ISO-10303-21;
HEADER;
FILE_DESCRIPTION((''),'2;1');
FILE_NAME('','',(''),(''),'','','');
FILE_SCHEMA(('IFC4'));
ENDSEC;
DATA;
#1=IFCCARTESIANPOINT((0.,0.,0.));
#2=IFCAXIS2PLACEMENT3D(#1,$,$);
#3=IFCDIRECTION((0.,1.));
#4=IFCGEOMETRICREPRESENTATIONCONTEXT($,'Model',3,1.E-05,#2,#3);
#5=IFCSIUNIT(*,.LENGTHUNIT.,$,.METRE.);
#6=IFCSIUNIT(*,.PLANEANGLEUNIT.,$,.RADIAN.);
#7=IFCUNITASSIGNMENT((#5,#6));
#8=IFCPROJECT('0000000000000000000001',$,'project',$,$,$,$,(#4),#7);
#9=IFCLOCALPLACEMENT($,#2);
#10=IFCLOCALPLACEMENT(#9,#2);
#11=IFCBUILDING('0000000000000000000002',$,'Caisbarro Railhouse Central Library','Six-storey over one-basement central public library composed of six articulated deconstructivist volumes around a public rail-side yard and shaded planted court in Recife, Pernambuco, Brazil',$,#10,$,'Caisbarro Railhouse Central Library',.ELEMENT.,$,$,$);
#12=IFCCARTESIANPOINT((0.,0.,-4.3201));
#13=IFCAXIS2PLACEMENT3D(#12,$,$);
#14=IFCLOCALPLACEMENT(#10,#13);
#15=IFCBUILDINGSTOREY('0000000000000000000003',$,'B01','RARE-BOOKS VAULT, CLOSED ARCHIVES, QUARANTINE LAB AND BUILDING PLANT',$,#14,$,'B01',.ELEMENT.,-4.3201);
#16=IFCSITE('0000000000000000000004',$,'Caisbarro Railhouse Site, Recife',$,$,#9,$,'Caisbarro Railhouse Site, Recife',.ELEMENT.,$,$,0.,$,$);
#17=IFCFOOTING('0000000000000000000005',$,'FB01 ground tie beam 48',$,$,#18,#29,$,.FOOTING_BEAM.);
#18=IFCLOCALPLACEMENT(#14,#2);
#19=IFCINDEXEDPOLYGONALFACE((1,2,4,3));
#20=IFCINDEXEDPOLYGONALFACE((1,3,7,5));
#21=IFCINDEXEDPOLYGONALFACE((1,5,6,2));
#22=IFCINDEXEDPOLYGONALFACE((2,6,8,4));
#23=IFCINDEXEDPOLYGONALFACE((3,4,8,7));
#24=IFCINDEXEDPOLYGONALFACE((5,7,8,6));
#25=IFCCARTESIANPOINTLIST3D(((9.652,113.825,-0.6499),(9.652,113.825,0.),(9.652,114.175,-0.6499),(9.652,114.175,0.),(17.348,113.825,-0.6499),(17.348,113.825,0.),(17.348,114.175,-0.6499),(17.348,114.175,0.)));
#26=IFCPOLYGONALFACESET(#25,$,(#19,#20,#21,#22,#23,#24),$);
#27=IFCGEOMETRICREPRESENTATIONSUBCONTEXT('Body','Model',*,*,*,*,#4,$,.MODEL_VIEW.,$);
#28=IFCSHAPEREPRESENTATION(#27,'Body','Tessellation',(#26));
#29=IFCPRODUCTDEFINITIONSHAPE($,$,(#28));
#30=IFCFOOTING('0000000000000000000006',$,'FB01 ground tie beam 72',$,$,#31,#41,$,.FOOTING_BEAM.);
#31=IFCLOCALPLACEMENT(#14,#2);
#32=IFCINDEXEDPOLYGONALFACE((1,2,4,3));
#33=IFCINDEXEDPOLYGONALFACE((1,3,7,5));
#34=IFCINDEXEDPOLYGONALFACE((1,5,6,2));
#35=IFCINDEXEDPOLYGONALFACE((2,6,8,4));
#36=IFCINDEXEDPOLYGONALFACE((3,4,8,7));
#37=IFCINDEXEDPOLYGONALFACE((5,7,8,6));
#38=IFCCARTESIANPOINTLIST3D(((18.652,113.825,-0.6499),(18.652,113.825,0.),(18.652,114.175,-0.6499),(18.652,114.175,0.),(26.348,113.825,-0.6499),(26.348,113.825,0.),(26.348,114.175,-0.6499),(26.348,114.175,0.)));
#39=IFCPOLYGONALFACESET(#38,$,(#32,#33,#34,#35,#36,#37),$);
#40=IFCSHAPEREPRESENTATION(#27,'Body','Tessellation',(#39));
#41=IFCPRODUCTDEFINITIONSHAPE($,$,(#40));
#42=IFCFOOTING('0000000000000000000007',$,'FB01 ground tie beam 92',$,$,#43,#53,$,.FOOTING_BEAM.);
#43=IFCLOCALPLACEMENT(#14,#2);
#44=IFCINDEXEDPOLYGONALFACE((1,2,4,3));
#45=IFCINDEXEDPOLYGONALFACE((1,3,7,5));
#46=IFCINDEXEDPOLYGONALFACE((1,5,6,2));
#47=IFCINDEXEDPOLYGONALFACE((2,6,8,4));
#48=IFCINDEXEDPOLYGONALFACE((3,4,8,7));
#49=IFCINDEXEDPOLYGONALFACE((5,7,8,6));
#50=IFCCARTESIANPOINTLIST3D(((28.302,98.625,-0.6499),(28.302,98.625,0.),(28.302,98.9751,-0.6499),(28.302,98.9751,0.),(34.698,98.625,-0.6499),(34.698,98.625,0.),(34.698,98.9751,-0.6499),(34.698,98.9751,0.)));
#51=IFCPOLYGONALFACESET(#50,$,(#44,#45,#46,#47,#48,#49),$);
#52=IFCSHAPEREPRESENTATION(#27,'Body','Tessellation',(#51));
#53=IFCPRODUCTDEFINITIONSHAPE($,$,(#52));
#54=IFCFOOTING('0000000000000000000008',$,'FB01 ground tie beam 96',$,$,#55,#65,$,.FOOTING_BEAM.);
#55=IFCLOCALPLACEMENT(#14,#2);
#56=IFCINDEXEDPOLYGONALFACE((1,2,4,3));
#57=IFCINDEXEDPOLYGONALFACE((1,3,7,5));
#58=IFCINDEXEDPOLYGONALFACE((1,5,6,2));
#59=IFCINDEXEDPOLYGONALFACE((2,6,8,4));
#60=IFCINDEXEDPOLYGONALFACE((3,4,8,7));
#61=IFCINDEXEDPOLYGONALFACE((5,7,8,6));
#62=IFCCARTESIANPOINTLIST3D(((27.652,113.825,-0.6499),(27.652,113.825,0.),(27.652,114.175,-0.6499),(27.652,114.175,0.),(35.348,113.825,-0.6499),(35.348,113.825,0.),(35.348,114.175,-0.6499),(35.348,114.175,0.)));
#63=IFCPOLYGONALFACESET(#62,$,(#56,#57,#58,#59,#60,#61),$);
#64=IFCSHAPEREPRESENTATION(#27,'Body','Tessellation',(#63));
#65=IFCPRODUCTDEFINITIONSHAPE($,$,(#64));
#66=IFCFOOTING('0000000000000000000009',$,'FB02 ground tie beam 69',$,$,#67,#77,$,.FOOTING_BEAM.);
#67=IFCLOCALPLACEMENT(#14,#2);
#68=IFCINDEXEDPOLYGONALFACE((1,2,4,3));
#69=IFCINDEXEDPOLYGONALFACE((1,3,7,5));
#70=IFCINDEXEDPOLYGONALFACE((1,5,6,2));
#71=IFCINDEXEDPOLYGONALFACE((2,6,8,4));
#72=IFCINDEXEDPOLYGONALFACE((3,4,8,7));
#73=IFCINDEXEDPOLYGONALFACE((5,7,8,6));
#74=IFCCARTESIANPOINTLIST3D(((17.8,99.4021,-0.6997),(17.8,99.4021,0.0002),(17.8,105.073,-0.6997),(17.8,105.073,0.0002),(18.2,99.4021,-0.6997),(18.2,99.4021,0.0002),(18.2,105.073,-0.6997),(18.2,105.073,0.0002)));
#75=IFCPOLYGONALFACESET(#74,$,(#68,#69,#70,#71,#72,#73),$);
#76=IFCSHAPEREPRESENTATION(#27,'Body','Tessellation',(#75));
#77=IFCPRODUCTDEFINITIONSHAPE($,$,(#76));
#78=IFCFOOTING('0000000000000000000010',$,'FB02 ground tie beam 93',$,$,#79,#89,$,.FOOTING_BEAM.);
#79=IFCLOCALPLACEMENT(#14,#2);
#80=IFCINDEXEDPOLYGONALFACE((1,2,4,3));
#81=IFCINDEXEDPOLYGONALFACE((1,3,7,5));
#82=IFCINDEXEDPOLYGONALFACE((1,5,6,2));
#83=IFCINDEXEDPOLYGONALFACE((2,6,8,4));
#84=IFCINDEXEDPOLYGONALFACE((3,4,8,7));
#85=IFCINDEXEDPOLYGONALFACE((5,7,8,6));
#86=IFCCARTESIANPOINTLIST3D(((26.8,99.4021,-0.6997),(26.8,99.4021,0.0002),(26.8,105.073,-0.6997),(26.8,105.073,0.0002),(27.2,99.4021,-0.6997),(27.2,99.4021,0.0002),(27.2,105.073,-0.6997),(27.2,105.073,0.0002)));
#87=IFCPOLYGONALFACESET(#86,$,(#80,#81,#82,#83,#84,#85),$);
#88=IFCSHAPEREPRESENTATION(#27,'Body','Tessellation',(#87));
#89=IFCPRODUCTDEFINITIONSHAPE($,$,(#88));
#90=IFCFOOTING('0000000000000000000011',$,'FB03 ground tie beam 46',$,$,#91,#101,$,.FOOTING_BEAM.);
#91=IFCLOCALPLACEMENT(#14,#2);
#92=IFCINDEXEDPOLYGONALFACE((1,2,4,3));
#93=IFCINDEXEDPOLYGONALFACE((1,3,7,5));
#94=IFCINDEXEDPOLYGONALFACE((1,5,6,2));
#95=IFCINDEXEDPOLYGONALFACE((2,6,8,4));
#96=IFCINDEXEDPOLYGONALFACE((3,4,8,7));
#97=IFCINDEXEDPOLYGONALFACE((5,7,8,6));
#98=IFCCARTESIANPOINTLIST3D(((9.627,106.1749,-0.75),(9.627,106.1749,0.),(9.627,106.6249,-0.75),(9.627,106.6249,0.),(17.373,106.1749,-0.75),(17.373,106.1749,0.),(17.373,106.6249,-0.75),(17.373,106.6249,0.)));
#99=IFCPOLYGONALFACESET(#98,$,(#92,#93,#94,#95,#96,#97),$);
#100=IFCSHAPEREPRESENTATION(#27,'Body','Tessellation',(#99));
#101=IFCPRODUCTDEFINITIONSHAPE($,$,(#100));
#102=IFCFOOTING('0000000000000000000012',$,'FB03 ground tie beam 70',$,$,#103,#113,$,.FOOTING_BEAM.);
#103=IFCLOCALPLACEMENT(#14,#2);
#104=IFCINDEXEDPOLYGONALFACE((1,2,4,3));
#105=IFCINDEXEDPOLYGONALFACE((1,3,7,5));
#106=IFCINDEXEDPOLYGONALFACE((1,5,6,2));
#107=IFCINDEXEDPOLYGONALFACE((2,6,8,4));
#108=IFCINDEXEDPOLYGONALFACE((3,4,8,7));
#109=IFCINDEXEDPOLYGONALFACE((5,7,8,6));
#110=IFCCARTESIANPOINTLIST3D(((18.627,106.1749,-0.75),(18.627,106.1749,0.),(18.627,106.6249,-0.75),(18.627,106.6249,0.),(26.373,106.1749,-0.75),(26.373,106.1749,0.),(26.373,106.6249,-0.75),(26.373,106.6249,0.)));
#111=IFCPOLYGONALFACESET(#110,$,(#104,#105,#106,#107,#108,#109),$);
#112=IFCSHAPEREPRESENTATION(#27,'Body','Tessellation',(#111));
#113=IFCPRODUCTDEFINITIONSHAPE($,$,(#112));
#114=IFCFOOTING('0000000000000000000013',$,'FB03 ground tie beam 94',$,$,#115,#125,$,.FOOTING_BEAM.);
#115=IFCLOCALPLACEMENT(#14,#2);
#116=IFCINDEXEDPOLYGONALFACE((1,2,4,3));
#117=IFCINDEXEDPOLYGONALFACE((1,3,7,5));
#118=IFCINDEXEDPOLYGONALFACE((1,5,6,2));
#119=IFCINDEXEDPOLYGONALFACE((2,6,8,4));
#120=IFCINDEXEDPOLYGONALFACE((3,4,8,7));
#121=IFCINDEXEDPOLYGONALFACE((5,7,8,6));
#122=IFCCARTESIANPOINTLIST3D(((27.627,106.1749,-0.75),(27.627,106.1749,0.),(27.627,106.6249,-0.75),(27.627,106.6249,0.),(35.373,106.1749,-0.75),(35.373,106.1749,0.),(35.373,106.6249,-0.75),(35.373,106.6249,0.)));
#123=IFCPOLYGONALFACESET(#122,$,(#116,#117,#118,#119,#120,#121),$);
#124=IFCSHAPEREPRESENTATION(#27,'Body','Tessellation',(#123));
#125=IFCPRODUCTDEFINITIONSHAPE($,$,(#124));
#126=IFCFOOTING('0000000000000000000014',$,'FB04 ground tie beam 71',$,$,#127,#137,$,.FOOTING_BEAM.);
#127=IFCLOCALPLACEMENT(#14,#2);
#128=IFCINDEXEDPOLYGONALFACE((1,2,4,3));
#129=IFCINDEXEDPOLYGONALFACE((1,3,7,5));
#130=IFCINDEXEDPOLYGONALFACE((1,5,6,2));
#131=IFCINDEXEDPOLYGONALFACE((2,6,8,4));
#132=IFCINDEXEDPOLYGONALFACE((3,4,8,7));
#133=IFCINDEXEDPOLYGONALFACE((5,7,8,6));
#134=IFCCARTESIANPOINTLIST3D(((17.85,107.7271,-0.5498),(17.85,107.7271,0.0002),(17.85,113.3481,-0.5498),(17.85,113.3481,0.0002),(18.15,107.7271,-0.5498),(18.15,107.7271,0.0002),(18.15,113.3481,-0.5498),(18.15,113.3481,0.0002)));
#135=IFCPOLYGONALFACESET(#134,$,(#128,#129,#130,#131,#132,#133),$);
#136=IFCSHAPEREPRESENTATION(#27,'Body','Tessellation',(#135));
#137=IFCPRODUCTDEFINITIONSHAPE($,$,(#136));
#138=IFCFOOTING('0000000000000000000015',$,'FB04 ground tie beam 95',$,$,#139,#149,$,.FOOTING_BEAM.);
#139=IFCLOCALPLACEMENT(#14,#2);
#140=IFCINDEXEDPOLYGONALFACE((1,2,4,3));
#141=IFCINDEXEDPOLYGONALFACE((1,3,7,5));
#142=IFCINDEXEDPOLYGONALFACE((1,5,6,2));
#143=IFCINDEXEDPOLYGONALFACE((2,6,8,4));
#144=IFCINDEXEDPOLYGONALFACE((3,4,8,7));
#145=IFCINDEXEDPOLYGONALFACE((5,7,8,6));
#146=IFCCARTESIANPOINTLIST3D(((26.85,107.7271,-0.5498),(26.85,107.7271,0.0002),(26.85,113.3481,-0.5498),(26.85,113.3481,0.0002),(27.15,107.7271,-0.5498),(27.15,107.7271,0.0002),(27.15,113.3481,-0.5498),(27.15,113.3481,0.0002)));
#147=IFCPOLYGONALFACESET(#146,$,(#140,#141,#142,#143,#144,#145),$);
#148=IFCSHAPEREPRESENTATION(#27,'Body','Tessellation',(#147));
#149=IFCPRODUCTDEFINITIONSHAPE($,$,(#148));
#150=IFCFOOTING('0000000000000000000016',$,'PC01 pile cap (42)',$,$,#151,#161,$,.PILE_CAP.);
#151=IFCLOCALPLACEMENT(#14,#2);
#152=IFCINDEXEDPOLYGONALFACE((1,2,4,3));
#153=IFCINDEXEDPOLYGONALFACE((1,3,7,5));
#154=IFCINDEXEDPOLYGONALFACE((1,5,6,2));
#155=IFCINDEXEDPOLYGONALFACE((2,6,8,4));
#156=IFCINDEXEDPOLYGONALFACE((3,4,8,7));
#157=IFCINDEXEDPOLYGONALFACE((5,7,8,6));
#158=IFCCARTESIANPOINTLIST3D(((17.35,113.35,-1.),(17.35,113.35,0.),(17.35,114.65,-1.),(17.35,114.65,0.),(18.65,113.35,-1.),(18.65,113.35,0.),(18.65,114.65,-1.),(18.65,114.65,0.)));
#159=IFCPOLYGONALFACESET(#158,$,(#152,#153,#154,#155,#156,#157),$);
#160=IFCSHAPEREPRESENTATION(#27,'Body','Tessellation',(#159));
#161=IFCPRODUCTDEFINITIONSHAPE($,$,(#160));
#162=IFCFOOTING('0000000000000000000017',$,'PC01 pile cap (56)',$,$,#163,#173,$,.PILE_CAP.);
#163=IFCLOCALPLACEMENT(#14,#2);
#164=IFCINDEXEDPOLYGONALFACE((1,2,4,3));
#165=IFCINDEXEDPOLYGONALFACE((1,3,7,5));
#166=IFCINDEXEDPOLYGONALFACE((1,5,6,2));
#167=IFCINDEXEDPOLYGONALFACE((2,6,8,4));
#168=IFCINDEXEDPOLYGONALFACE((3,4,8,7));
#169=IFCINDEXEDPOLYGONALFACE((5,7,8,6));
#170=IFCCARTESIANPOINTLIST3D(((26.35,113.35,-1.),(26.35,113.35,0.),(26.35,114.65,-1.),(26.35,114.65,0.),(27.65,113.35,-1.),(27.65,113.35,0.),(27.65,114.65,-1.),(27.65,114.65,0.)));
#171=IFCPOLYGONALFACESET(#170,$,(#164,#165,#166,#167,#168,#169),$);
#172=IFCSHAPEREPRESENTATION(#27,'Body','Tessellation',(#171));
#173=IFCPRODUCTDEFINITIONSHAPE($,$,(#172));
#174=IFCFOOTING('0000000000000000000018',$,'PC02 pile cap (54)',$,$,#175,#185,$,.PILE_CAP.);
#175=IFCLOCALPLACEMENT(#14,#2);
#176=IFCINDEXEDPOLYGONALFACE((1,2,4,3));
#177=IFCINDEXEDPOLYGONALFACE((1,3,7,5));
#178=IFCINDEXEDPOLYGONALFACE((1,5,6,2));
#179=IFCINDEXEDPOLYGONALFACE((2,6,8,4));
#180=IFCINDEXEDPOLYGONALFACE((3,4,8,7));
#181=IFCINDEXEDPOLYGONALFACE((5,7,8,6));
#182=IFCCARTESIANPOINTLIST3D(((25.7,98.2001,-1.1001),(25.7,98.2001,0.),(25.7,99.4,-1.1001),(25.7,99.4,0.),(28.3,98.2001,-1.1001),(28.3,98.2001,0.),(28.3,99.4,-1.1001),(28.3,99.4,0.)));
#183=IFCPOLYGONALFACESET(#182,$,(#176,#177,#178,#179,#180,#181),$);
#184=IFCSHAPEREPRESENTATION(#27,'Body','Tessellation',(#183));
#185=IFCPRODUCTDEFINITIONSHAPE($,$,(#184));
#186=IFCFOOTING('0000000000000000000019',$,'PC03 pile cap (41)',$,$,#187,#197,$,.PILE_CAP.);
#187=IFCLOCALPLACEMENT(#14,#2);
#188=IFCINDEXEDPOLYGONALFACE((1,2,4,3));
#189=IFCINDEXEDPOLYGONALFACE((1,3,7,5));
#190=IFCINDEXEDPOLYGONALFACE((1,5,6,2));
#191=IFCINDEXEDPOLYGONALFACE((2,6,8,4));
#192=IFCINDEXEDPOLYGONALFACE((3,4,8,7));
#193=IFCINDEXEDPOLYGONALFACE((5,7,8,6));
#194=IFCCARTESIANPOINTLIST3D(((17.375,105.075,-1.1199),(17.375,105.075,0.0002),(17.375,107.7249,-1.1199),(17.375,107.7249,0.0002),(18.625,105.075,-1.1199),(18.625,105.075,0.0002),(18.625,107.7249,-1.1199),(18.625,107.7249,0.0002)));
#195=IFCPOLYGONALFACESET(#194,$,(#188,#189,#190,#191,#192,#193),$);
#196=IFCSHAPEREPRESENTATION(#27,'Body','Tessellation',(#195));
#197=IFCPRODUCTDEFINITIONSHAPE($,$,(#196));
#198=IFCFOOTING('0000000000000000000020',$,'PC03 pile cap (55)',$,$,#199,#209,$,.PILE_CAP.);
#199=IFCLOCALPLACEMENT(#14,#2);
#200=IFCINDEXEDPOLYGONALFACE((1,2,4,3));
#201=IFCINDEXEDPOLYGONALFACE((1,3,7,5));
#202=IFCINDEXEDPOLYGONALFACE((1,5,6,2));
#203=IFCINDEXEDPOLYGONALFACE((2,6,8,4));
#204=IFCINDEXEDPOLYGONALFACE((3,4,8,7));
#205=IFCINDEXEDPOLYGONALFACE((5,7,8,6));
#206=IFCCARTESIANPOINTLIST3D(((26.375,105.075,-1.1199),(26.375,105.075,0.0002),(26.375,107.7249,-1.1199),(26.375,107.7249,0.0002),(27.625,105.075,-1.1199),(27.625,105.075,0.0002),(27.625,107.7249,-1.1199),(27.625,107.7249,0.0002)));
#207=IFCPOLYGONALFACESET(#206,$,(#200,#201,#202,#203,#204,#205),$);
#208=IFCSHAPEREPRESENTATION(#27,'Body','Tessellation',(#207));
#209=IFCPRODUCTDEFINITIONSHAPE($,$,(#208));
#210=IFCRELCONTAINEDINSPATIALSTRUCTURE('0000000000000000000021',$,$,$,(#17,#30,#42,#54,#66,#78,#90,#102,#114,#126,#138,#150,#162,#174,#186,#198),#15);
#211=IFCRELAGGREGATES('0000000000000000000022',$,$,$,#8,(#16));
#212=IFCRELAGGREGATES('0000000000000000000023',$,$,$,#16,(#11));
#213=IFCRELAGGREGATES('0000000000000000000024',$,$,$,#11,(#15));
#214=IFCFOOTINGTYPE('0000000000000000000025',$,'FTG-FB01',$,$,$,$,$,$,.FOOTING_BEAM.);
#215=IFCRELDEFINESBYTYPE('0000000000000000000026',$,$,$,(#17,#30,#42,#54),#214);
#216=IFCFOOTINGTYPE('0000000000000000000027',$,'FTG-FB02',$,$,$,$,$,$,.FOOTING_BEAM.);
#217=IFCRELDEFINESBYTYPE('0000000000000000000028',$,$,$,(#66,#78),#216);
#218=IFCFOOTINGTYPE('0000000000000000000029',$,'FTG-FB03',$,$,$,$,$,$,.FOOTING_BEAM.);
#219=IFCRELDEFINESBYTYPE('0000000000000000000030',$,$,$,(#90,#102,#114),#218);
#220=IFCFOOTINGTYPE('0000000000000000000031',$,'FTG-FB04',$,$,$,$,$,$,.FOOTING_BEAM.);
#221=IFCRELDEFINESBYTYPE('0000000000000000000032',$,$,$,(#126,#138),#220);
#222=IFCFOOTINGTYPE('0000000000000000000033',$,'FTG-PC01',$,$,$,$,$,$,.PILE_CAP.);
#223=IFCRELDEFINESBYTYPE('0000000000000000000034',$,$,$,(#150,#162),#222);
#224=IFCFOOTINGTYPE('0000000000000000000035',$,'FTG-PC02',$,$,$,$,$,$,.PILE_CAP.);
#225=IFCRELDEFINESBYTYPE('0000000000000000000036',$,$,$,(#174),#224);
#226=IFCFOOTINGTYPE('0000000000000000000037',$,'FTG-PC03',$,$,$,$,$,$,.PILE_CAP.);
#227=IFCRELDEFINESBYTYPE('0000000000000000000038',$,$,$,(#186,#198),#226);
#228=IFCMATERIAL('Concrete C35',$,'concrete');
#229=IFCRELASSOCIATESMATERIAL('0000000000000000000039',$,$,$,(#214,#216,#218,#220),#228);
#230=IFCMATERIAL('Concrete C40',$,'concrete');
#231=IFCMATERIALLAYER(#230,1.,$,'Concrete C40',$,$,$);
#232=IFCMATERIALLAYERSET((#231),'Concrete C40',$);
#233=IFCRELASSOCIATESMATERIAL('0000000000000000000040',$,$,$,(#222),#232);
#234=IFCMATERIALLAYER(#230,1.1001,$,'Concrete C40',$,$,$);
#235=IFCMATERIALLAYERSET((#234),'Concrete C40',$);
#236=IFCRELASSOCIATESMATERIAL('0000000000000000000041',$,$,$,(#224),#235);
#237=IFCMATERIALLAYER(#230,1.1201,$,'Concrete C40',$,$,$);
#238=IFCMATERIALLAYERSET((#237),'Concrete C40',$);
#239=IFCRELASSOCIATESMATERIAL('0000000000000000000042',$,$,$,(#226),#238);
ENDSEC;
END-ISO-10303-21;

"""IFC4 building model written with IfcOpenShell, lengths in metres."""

from ifc_helpers import new_model, si_unit, direction, frame, origin, origin_2d, place, context, subcontext, project, spatial, rectangle, extrude, material, layer, layer_set, type_object, element, save


model = new_model("IFC4")

# Units and contexts
model_context = context("Model", 3, precision=1e-05, world=origin(), true_north=direction((0.0, 1.0)))
body_context = subcontext(model_context, "Body", "Model", "MODEL_VIEW")
ifc_project = project(units=[si_unit("LENGTHUNIT", "METRE"), si_unit("PLANEANGLEUNIT", "RADIAN")], contexts=[model_context])

# Site, building, storey
site_placement = place(None, origin())
site = spatial("IfcSite", under=ifc_project, at=site_placement, Name="Caisbarro Railhouse Site, Recife", LongName="Caisbarro Railhouse Site, Recife", CompositionType="ELEMENT", RefElevation=0.0)
building_placement = place(site_placement, origin())
building = spatial("IfcBuilding", under=site, at=building_placement, Name="Caisbarro Railhouse Central Library", Description="Six-storey over one-basement central public library composed of six articulated deconstructivist volumes around a public rail-side yard and shaded planted court in Recife, Pernambuco, Brazil", LongName="Caisbarro Railhouse Central Library", CompositionType="ELEMENT")
storey_placement = place(building_placement, frame((0.0, 0.0, -4.3201)))
storey = spatial("IfcBuildingStorey", under=building, at=storey_placement, Name="B01", Description="RARE-BOOKS VAULT, CLOSED ARCHIVES, QUARANTINE LAB AND BUILDING PLANT", LongName="B01", CompositionType="ELEMENT", Elevation=-4.3201)

# Footings
ifc_material_1 = material(Name="Concrete C35", Category="concrete")
footing_type_1 = type_object("IfcFootingType", Name="FTG-FB01", PredefinedType="FOOTING_BEAM", material=ifc_material_1)
for number, where, z_axis, x_axis, name in (
    (1, (13.5, 114.0, -0.6499), (0.0, 0.0, 1.0), (1.0, 0.0, 0.0), "FB01 ground tie beam 48"),
    (2, (22.5, 114.0, -0.6499), (0.0, 0.0, 1.0), (1.0, 0.0, 0.0), "FB01 ground tie beam 72"),
):
    element("IfcFooting", number, at=place(storey_placement, frame(where, z_axis=z_axis, x_axis=x_axis)), inside=storey, type_object=footing_type_1, Name=name, PredefinedType="FOOTING_BEAM", context=body_context, shape_type="SweptSolid", body=[
        extrude(rectangle(XDim=7.696, YDim=0.3501, at=origin_2d()), origin(), (0.0, 0.0, 1.0), 0.6499),
    ])
footing_1_placement = place(storey_placement, frame((31.5, 98.8, -0.6499), z_axis=(0.0, 0.0, 1.0), x_axis=(1.0, 0.0, 0.0)))
element("IfcFooting", 3, at=footing_1_placement, inside=storey, type_object=footing_type_1, Name="FB01 ground tie beam 92", PredefinedType="FOOTING_BEAM", context=body_context, shape_type="SweptSolid", body=[
    extrude(rectangle(XDim=6.396, YDim=0.3501, at=origin_2d()), origin(), (0.0, 0.0, 1.0), 0.6499),
])
footing_2_placement = place(storey_placement, frame((31.5, 114.0, -0.6499), z_axis=(0.0, 0.0, 1.0), x_axis=(1.0, 0.0, 0.0)))
element("IfcFooting", 4, at=footing_2_placement, inside=storey, type_object=footing_type_1, Name="FB01 ground tie beam 96", PredefinedType="FOOTING_BEAM", context=body_context, shape_type="SweptSolid", body=[
    extrude(rectangle(XDim=7.696, YDim=0.3501, at=origin_2d()), origin(), (0.0, 0.0, 1.0), 0.6499),
])
footing_type_2 = type_object("IfcFootingType", Name="FTG-FB02", PredefinedType="FOOTING_BEAM", material=ifc_material_1)
for number, where, z_axis, x_axis, name in (
    (5, (18.0, 102.2375, -0.6997), (0.0, 0.0, 1.0), (0.0, 1.0, 0.0), "FB02 ground tie beam 69"),
    (6, (27.0, 102.2375, -0.6997), (0.0, 0.0, 1.0), (0.0, 1.0, 0.0), "FB02 ground tie beam 93"),
):
    element("IfcFooting", number, at=place(storey_placement, frame(where, z_axis=z_axis, x_axis=x_axis)), inside=storey, type_object=footing_type_2, Name=name, PredefinedType="FOOTING_BEAM", context=body_context, shape_type="SweptSolid", body=[
        extrude(rectangle(XDim=5.6709, YDim=0.3999, at=origin_2d()), origin(), (0.0, 0.0, 1.0), 0.7),
    ])
footing_type_3 = type_object("IfcFootingType", Name="FTG-FB03", PredefinedType="FOOTING_BEAM", material=ifc_material_1)
for number, where, z_axis, x_axis, name in (
    (7, (13.5, 106.3999, -0.75), (0.0, 0.0, 1.0), (1.0, 0.0, 0.0), "FB03 ground tie beam 46"),
    (8, (22.5, 106.3999, -0.75), (0.0, 0.0, 1.0), (1.0, 0.0, 0.0), "FB03 ground tie beam 70"),
    (9, (31.5, 106.3999, -0.75), (0.0, 0.0, 1.0), (1.0, 0.0, 0.0), "FB03 ground tie beam 94"),
):
    element("IfcFooting", number, at=place(storey_placement, frame(where, z_axis=z_axis, x_axis=x_axis)), inside=storey, type_object=footing_type_3, Name=name, PredefinedType="FOOTING_BEAM", context=body_context, shape_type="SweptSolid", body=[
        extrude(rectangle(XDim=7.7461, YDim=0.45, at=origin_2d()), origin(), (0.0, 0.0, 1.0), 0.75),
    ])
footing_type_4 = type_object("IfcFootingType", Name="FTG-FB04", PredefinedType="FOOTING_BEAM", material=ifc_material_1)
for number, where, z_axis, x_axis, name in (
    (10, (18.0, 110.5376, -0.5498), (0.0, 0.0, 1.0), (0.0, 1.0, 0.0), "FB04 ground tie beam 71"),
    (11, (27.0, 110.5376, -0.5498), (0.0, 0.0, 1.0), (0.0, 1.0, 0.0), "FB04 ground tie beam 95"),
):
    element("IfcFooting", number, at=place(storey_placement, frame(where, z_axis=z_axis, x_axis=x_axis)), inside=storey, type_object=footing_type_4, Name=name, PredefinedType="FOOTING_BEAM", context=body_context, shape_type="SweptSolid", body=[
        extrude(rectangle(XDim=5.6211, YDim=0.3, at=origin_2d()), origin(), (0.0, 0.0, 1.0), 0.55),
    ])
ifc_material_2 = material(Name="Concrete C40", Category="concrete")
ifc_layer_1 = layer(ifc_material_2, 1.0, Name="Concrete C40")
ifc_layer_set_1 = layer_set([ifc_layer_1], Name="Concrete C40")
footing_type_5 = type_object("IfcFootingType", Name="FTG-PC01", PredefinedType="PILE_CAP", material=ifc_layer_set_1)
for number, where, z_axis, x_axis, name in (
    (12, (18.0, 114.0, -1.0), (0.0, 0.0, 1.0), (1.0, 0.0, 0.0), "PC01 pile cap (42)"),
    (13, (27.0, 114.0, -1.0), (0.0, 0.0, 1.0), (1.0, 0.0, 0.0), "PC01 pile cap (56)"),
):
    element("IfcFooting", number, at=place(storey_placement, frame(where, z_axis=z_axis, x_axis=x_axis)), inside=storey, type_object=footing_type_5, Name=name, PredefinedType="PILE_CAP", context=body_context, shape_type="SweptSolid", body=[
        extrude(rectangle(XDim=1.3, YDim=1.3, at=origin_2d()), origin(), (0.0, 0.0, 1.0), 1.0),
    ])
ifc_layer_2 = layer(ifc_material_2, 1.1001, Name="Concrete C40")
ifc_layer_set_2 = layer_set([ifc_layer_2], Name="Concrete C40")
footing_type_6 = type_object("IfcFootingType", Name="FTG-PC02", PredefinedType="PILE_CAP", material=ifc_layer_set_2)
footing_3_placement = place(storey_placement, frame((27.0, 98.8, -1.1001), z_axis=(0.0, 0.0, 1.0), x_axis=(1.0, 0.0, 0.0)))
element("IfcFooting", 14, at=footing_3_placement, inside=storey, type_object=footing_type_6, Name="PC02 pile cap (54)", PredefinedType="PILE_CAP", context=body_context, shape_type="SweptSolid", body=[
    extrude(rectangle(XDim=2.6001, YDim=1.2, at=origin_2d()), origin(), (0.0, 0.0, 1.0), 1.1001),
])
ifc_layer_3 = layer(ifc_material_2, 1.1201, Name="Concrete C40")
ifc_layer_set_3 = layer_set([ifc_layer_3], Name="Concrete C40")
footing_type_7 = type_object("IfcFootingType", Name="FTG-PC03", PredefinedType="PILE_CAP", material=ifc_layer_set_3)
for number, where, z_axis, x_axis, name in (
    (15, (18.0, 106.3999, -1.1199), (0.0, 0.0, 1.0), (1.0, 0.0, 0.0), "PC03 pile cap (41)"),
    (16, (27.0, 106.3999, -1.1199), (0.0, 0.0, 1.0), (1.0, 0.0, 0.0), "PC03 pile cap (55)"),
):
    element("IfcFooting", number, at=place(storey_placement, frame(where, z_axis=z_axis, x_axis=x_axis)), inside=storey, type_object=footing_type_7, Name=name, PredefinedType="PILE_CAP", context=body_context, shape_type="SweptSolid", body=[
        extrude(rectangle(XDim=1.25, YDim=2.6499, at=origin_2d()), origin(), (0.0, 0.0, 1.0), 1.1201),
    ])

save(model, "model.ifc")
